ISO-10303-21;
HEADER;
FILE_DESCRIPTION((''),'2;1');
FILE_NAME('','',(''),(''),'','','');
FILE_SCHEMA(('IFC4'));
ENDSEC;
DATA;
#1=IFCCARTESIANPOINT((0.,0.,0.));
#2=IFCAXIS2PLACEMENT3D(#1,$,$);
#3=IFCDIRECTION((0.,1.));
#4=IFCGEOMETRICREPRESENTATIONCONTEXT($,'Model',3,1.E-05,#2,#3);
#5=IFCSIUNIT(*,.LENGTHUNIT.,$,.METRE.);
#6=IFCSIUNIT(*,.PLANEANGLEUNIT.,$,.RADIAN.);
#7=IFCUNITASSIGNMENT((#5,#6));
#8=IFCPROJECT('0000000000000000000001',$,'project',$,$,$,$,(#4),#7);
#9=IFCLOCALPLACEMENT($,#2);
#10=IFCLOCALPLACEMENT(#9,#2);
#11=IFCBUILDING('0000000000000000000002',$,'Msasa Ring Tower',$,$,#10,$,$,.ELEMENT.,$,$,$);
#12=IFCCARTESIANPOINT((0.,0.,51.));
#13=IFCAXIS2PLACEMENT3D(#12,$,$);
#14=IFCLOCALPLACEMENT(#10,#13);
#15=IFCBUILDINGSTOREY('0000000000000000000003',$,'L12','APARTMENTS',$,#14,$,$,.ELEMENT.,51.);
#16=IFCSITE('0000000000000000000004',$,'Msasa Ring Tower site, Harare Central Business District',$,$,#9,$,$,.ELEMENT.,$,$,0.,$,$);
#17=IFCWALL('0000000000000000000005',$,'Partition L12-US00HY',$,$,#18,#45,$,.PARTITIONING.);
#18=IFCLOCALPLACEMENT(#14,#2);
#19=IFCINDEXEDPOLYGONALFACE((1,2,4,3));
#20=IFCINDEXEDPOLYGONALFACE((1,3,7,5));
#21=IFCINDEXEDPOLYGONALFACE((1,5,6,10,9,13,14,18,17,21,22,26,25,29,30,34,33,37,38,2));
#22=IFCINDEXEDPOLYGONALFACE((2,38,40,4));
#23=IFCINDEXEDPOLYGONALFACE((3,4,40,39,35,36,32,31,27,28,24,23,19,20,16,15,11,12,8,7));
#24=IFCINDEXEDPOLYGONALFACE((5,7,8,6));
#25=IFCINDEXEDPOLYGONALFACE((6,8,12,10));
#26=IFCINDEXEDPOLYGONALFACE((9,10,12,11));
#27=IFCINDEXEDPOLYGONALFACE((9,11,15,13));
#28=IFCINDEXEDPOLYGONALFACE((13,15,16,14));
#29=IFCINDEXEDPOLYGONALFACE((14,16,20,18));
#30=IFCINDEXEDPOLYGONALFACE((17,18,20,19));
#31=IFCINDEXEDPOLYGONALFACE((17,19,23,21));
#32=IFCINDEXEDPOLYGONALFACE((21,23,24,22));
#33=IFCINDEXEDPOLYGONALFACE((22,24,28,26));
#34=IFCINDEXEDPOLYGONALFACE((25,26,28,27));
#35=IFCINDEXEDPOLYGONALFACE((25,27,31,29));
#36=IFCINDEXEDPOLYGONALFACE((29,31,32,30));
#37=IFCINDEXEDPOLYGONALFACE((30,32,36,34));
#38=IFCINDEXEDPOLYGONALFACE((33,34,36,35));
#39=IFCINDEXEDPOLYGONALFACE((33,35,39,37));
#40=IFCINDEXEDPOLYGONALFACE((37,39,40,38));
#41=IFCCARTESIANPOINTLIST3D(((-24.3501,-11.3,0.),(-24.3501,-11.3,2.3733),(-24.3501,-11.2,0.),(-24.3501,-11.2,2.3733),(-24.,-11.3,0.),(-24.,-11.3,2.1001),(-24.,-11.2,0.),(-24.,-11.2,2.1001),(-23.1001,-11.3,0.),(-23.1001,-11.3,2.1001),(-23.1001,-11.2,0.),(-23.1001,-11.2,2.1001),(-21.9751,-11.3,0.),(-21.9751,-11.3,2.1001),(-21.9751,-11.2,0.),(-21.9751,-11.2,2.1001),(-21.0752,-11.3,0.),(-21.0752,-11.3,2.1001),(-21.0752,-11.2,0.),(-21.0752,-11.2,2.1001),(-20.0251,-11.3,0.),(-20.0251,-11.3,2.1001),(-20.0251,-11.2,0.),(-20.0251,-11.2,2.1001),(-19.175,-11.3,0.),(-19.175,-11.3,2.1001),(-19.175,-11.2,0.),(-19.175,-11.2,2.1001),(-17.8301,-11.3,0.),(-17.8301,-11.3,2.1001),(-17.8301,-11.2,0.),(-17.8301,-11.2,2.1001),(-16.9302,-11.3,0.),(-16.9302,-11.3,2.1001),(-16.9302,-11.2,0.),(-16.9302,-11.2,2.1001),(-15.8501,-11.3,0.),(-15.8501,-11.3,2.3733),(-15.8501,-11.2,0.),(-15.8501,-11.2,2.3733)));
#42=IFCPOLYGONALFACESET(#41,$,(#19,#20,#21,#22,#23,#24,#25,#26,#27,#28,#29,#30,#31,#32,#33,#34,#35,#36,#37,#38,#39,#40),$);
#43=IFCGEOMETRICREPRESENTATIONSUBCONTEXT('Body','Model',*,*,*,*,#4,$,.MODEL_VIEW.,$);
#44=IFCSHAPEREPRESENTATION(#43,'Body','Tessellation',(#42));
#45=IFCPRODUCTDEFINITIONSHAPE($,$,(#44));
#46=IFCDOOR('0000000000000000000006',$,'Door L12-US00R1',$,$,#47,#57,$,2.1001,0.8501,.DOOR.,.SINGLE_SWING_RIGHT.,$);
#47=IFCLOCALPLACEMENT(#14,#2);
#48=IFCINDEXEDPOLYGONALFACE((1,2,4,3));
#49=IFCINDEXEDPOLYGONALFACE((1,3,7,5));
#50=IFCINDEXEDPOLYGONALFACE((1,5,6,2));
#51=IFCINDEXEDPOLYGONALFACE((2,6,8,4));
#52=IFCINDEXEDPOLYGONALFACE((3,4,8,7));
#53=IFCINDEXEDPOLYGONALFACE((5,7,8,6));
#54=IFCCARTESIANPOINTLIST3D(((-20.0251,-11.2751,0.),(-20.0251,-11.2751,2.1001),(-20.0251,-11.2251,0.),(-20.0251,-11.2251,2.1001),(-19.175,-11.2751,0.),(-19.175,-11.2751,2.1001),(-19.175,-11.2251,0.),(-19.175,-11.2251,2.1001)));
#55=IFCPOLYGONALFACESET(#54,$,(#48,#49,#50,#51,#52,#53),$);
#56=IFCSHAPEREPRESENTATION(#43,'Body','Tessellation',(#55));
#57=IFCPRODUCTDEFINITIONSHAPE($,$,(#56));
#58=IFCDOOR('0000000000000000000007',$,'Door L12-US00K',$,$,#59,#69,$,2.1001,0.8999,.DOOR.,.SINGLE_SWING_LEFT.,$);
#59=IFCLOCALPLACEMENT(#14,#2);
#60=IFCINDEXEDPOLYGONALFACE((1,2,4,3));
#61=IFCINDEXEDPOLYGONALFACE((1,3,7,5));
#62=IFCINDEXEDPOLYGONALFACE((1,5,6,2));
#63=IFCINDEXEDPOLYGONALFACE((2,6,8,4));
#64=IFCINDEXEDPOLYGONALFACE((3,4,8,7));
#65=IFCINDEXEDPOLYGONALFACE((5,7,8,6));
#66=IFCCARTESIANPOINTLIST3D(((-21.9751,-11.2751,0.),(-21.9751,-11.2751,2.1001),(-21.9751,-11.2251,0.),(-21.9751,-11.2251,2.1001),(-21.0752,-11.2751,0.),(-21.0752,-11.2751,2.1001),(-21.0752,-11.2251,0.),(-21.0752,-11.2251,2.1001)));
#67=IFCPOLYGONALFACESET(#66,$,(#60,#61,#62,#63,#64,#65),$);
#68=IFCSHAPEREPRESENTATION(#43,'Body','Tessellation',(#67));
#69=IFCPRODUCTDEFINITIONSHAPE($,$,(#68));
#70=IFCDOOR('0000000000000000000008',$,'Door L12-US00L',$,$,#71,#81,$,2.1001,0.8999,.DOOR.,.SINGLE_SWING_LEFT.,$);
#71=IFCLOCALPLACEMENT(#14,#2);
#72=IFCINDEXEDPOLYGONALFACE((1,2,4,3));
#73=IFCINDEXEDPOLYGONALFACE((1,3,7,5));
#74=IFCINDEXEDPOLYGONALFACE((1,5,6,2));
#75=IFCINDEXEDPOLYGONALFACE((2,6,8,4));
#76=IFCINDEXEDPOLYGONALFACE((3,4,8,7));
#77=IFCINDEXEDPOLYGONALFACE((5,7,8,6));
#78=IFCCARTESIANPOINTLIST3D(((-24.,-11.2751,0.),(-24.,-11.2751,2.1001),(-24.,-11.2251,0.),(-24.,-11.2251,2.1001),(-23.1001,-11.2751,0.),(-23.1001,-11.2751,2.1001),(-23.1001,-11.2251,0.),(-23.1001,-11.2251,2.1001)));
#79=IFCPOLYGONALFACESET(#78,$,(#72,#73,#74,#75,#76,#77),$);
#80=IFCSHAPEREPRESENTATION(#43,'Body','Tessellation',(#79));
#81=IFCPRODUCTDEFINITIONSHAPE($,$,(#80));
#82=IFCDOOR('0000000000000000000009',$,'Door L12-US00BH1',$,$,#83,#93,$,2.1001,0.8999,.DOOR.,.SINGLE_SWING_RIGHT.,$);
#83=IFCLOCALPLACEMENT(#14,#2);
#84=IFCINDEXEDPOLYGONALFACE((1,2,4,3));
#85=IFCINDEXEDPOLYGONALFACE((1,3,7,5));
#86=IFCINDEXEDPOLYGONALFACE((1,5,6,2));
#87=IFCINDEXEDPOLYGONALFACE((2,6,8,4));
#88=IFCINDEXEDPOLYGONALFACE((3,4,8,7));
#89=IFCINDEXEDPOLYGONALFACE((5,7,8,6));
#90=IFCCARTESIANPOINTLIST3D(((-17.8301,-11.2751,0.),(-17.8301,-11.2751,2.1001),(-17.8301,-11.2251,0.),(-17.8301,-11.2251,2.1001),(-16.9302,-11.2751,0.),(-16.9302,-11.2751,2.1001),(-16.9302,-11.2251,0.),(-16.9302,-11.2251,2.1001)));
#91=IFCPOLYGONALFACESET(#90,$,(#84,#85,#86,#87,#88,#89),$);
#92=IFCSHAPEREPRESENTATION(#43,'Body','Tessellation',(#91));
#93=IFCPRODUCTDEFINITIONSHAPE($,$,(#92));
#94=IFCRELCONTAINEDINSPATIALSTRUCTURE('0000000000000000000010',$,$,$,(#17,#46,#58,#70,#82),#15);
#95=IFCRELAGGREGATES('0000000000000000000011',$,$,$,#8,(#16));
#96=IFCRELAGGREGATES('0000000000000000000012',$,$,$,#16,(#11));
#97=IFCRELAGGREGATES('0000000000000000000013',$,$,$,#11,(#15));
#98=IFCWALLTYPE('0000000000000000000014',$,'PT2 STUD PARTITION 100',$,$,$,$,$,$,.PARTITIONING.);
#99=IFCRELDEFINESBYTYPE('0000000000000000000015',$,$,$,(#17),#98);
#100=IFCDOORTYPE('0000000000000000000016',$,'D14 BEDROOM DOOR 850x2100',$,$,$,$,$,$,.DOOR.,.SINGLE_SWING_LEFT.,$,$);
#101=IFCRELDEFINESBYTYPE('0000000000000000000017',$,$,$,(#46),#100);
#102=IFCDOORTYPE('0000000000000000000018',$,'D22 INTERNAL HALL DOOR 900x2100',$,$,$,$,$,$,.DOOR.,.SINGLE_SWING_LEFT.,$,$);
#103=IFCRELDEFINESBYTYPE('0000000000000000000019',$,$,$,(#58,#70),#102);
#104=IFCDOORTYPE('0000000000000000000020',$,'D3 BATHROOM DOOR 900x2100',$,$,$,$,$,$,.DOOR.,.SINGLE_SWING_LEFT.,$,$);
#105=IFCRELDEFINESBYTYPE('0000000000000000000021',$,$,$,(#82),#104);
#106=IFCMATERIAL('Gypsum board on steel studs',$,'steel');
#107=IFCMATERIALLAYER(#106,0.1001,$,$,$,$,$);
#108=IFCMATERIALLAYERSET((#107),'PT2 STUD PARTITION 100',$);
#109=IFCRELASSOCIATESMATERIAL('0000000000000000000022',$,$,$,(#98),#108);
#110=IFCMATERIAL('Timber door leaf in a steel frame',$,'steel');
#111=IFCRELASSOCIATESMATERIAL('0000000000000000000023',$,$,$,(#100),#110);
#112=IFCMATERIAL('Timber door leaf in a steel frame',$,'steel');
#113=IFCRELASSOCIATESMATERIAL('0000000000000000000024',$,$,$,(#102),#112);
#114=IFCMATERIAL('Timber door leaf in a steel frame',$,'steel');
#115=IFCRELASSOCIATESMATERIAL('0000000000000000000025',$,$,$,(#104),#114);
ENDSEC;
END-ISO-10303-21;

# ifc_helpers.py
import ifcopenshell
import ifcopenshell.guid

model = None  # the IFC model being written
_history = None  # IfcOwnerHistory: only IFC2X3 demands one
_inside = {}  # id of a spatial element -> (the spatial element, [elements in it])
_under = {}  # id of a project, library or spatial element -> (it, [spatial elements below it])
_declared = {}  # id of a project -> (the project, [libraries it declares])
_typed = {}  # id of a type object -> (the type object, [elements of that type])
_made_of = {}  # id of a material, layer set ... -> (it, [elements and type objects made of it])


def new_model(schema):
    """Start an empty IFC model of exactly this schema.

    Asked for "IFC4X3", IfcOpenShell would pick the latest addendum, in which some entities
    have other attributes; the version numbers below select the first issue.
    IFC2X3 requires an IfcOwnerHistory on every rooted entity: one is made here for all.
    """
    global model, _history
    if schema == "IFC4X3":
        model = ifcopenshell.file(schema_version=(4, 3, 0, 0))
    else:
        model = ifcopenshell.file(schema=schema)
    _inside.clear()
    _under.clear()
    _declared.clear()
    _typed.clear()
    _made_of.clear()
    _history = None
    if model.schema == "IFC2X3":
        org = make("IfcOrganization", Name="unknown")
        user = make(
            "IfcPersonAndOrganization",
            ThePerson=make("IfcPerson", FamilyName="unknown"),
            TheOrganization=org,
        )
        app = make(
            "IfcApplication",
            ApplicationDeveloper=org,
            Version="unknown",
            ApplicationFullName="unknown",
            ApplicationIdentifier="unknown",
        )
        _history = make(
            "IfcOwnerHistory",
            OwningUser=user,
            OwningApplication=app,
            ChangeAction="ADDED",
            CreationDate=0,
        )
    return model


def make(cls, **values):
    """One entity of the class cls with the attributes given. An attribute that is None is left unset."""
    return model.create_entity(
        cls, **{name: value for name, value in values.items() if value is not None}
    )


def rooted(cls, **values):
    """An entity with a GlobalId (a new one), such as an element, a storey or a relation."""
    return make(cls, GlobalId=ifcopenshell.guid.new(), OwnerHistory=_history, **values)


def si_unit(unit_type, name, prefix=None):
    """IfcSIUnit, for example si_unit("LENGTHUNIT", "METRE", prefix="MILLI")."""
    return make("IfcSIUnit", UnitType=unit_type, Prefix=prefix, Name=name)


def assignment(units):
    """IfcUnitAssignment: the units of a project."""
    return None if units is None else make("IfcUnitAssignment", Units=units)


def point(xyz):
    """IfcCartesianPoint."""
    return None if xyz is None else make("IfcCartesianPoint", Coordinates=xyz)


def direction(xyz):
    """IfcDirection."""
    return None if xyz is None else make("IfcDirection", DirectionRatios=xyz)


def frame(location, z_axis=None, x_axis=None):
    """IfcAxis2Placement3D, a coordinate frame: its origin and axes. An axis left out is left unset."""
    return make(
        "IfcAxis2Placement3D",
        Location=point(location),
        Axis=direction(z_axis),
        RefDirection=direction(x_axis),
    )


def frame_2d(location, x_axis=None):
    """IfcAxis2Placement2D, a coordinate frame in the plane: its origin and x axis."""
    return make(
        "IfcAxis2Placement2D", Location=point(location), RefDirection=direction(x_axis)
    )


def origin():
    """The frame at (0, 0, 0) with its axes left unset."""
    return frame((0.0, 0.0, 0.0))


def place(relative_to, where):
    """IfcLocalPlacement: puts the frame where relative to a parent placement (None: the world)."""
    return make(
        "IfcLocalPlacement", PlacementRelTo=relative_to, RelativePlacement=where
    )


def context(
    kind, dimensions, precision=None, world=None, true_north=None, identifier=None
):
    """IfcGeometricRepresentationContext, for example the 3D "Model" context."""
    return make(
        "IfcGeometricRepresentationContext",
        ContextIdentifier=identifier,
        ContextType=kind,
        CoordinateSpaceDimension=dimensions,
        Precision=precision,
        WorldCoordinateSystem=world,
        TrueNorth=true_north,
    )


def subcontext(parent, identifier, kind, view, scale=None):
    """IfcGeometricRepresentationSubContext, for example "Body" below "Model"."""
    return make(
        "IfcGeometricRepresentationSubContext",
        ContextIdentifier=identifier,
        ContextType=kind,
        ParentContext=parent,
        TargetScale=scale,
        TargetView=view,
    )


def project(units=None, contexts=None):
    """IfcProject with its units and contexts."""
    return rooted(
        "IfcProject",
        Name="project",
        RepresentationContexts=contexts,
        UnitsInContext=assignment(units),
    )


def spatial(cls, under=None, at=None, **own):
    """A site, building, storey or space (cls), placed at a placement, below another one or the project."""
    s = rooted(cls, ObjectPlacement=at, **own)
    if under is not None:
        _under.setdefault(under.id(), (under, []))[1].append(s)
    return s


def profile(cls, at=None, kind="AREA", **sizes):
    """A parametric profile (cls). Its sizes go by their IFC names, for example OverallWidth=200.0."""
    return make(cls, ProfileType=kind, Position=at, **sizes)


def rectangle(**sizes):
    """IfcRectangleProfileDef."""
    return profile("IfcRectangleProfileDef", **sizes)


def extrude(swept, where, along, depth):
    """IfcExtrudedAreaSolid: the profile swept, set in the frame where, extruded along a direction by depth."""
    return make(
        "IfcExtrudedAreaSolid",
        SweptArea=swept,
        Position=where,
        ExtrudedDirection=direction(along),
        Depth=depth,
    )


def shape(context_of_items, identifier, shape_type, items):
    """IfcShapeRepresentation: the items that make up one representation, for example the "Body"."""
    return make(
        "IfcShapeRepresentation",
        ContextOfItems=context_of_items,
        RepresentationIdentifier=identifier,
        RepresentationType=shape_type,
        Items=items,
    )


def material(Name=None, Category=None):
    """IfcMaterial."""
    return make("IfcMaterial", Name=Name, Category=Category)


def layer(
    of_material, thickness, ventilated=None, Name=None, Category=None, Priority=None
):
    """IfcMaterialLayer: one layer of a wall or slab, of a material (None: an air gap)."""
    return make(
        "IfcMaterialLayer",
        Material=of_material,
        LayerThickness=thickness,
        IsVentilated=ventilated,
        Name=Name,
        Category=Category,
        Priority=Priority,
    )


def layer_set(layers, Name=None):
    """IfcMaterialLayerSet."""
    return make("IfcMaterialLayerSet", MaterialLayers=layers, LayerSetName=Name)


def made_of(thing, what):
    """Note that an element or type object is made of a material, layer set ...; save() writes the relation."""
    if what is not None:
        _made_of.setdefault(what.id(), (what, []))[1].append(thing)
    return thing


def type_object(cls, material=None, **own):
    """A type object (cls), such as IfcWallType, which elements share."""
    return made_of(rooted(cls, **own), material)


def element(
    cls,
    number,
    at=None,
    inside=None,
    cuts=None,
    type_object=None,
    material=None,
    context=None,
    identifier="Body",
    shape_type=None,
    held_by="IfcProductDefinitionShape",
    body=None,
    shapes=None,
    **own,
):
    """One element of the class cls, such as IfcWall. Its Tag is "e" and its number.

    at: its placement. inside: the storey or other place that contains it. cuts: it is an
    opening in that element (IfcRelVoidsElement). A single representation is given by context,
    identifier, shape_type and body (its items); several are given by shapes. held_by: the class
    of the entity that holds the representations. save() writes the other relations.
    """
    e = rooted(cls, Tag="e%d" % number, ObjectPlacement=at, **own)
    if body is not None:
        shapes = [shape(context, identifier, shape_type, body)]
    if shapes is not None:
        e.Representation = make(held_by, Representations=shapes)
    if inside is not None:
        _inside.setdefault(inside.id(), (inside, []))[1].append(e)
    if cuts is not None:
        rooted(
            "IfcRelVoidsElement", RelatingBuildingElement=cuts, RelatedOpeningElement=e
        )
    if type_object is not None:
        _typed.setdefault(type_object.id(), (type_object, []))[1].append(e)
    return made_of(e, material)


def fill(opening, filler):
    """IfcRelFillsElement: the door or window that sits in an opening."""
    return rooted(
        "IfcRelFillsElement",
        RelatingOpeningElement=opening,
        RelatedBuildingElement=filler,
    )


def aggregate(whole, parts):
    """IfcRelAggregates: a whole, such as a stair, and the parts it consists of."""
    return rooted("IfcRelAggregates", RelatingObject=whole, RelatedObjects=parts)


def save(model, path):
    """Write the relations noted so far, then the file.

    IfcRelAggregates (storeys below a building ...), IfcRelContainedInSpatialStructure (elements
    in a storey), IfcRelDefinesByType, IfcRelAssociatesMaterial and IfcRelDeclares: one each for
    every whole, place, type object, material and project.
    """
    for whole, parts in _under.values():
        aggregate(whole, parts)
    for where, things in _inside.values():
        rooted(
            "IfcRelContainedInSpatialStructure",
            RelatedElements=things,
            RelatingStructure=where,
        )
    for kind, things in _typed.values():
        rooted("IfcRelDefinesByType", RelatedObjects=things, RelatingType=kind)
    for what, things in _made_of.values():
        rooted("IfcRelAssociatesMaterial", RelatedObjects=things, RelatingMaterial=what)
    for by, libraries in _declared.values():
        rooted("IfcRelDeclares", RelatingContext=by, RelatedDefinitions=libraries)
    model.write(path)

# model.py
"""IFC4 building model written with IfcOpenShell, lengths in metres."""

from ifc_helpers import new_model, si_unit, direction, frame, frame_2d, origin, place, context, subcontext, project, spatial, rectangle, extrude, material, layer, layer_set, type_object, element, fill, save


model = new_model("IFC4")

# Units and contexts
model_context = context("Model", 3, precision=1e-05, world=origin(), true_north=direction((0.0, 1.0)))
body_context = subcontext(model_context, "Body", "Model", "MODEL_VIEW")
ifc_project = project(units=[si_unit("LENGTHUNIT", "METRE"), si_unit("PLANEANGLEUNIT", "RADIAN")], contexts=[model_context])

# Site, building, storey
site_placement = place(None, origin())
site = spatial("IfcSite", under=ifc_project, at=site_placement, Name="Msasa Ring Tower site, Harare Central Business District", CompositionType="ELEMENT", RefElevation=0.0)
building_placement = place(site_placement, origin())
building = spatial("IfcBuilding", under=site, at=building_placement, Name="Msasa Ring Tower", CompositionType="ELEMENT")
storey_placement = place(building_placement, frame((0.0, 0.0, 51.0)))
storey = spatial("IfcBuildingStorey", under=building, at=storey_placement, Name="L12", Description="APARTMENTS", CompositionType="ELEMENT", Elevation=51.0)

# Wall, openings, doors
ifc_material_1 = material(Name="Gypsum board on steel studs", Category="steel")
ifc_layer_1 = layer(ifc_material_1, 0.1001)
ifc_layer_set_1 = layer_set([ifc_layer_1], Name="PT2 STUD PARTITION 100")
wall_type_1 = type_object("IfcWallType", Name="PT2 STUD PARTITION 100", PredefinedType="PARTITIONING", material=ifc_layer_set_1)
wall_1_placement = place(storey_placement, frame((-24.3501, -11.25, 0.0), z_axis=(0.0, 0.0, 1.0), x_axis=(1.0, 0.0, 0.0)))
wall_1 = element("IfcWall", 1, at=wall_1_placement, inside=storey, type_object=wall_type_1, Name="Partition L12-US00HY", PredefinedType="PARTITIONING", context=body_context, shape_type="SweptSolid", body=[
    extrude(rectangle(XDim=8.5, YDim=0.1001, at=frame_2d((4.25, 0.0))), origin(), (0.0, 0.0, 1.0), 2.3733),
])
opening_1_placement = place(wall_1_placement, frame((2.375, 0.0, 0.0)))
opening_1 = element("IfcOpeningElement", 2, at=opening_1_placement, cuts=wall_1, PredefinedType="OPENING", context=body_context, shape_type="SweptSolid", body=[
    extrude(rectangle(XDim=0.8999, YDim=2.1001, at=frame_2d((0.45, 1.05))), frame((0.0, 0.0601, 0.0), z_axis=(0.0, -1.0, 0.0), x_axis=(1.0, 0.0, 0.0)), (0.0, 0.0, 1.0), 0.1201),
])
opening_2_placement = place(wall_1_placement, frame((0.3501, 0.0, 0.0)))
opening_2 = element("IfcOpeningElement", 3, at=opening_2_placement, cuts=wall_1, PredefinedType="OPENING", context=body_context, shape_type="SweptSolid", body=[
    extrude(rectangle(XDim=0.8999, YDim=2.1001, at=frame_2d((0.45, 1.05))), frame((0.0, 0.0601, 0.0), z_axis=(0.0, -1.0, 0.0), x_axis=(1.0, 0.0, 0.0)), (0.0, 0.0, 1.0), 0.1201),
])
opening_3_placement = place(wall_1_placement, frame((4.325, 0.0, 0.0)))
opening_3 = element("IfcOpeningElement", 4, at=opening_3_placement, cuts=wall_1, PredefinedType="OPENING", context=body_context, shape_type="SweptSolid", body=[
    extrude(rectangle(XDim=0.8501, YDim=2.1001, at=frame_2d((0.425, 1.05))), frame((0.0, 0.0601, 0.0), z_axis=(0.0, -1.0, 0.0), x_axis=(1.0, 0.0, 0.0)), (0.0, 0.0, 1.0), 0.1201),
])
opening_4_placement = place(wall_1_placement, frame((6.52, 0.0, 0.0)))
opening_4 = element("IfcOpeningElement", 5, at=opening_4_placement, cuts=wall_1, PredefinedType="OPENING", context=body_context, shape_type="SweptSolid", body=[
    extrude(rectangle(XDim=0.8999, YDim=2.1001, at=frame_2d((0.45, 1.05))), frame((0.0, 0.0601, 0.0), z_axis=(0.0, -1.0, 0.0), x_axis=(1.0, 0.0, 0.0)), (0.0, 0.0, 1.0), 0.1201),
])
ifc_material_2 = material(Name="Timber door leaf in a steel frame", Category="steel")
door_type_1 = type_object("IfcDoorType", Name="D14 BEDROOM DOOR 850x2100", OperationType="SINGLE_SWING_LEFT", PredefinedType="DOOR", material=ifc_material_2)
door_1_placement = place(opening_3_placement, origin())
door_1 = element("IfcDoor", 6, at=door_1_placement, inside=storey, type_object=door_type_1, Name="Door L12-US00R1", OperationType="SINGLE_SWING_RIGHT", OverallHeight=2.1001, OverallWidth=0.8501, PredefinedType="DOOR", context=body_context, shape_type="SweptSolid", body=[
    extrude(rectangle(XDim=0.8501, YDim=2.1001, at=frame_2d((0.425, 1.05))), frame((0.0, 0.0249, 0.0), z_axis=(0.0, -1.0, 0.0), x_axis=(1.0, 0.0, 0.0)), (0.0, 0.0, 1.0), 0.05),
])
fill(opening_3, door_1)
ifc_material_3 = material(Name="Timber door leaf in a steel frame", Category="steel")
door_type_2 = type_object("IfcDoorType", Name="D22 INTERNAL HALL DOOR 900x2100", OperationType="SINGLE_SWING_LEFT", PredefinedType="DOOR", material=ifc_material_3)
door_2_placement = place(opening_1_placement, origin())
door_2 = element("IfcDoor", 7, at=door_2_placement, inside=storey, type_object=door_type_2, Name="Door L12-US00K", OperationType="SINGLE_SWING_LEFT", OverallHeight=2.1001, OverallWidth=0.8999, PredefinedType="DOOR", context=body_context, shape_type="SweptSolid", body=[
    extrude(rectangle(XDim=0.8999, YDim=2.1001, at=frame_2d((0.45, 1.05))), frame((0.0, 0.0249, 0.0), z_axis=(0.0, -1.0, 0.0), x_axis=(1.0, 0.0, 0.0)), (0.0, 0.0, 1.0), 0.05),
])
fill(opening_1, door_2)
door_3_placement = place(opening_2_placement, origin())
door_3 = element("IfcDoor", 8, at=door_3_placement, inside=storey, type_object=door_type_2, Name="Door L12-US00L", OperationType="SINGLE_SWING_LEFT", OverallHeight=2.1001, OverallWidth=0.8999, PredefinedType="DOOR", context=body_context, shape_type="SweptSolid", body=[
    extrude(rectangle(XDim=0.8999, YDim=2.1001, at=frame_2d((0.45, 1.05))), frame((0.0, 0.0249, 0.0), z_axis=(0.0, -1.0, 0.0), x_axis=(1.0, 0.0, 0.0)), (0.0, 0.0, 1.0), 0.05),
])
fill(opening_2, door_3)
ifc_material_4 = material(Name="Timber door leaf in a steel frame", Category="steel")
door_type_3 = type_object("IfcDoorType", Name="D3 BATHROOM DOOR 900x2100", OperationType="SINGLE_SWING_LEFT", PredefinedType="DOOR", material=ifc_material_4)
door_4_placement = place(opening_4_placement, origin())
door_4 = element("IfcDoor", 9, at=door_4_placement, inside=storey, type_object=door_type_3, Name="Door L12-US00BH1", OperationType="SINGLE_SWING_RIGHT", OverallHeight=2.1001, OverallWidth=0.8999, PredefinedType="DOOR", context=body_context, shape_type="SweptSolid", body=[
    extrude(rectangle(XDim=0.8999, YDim=2.1001, at=frame_2d((0.45, 1.05))), frame((0.0, 0.0249, 0.0), z_axis=(0.0, -1.0, 0.0), x_axis=(1.0, 0.0, 0.0)), (0.0, 0.0, 1.0), 0.05),
])
fill(opening_4, door_4)

save(model, "model.ifc")
